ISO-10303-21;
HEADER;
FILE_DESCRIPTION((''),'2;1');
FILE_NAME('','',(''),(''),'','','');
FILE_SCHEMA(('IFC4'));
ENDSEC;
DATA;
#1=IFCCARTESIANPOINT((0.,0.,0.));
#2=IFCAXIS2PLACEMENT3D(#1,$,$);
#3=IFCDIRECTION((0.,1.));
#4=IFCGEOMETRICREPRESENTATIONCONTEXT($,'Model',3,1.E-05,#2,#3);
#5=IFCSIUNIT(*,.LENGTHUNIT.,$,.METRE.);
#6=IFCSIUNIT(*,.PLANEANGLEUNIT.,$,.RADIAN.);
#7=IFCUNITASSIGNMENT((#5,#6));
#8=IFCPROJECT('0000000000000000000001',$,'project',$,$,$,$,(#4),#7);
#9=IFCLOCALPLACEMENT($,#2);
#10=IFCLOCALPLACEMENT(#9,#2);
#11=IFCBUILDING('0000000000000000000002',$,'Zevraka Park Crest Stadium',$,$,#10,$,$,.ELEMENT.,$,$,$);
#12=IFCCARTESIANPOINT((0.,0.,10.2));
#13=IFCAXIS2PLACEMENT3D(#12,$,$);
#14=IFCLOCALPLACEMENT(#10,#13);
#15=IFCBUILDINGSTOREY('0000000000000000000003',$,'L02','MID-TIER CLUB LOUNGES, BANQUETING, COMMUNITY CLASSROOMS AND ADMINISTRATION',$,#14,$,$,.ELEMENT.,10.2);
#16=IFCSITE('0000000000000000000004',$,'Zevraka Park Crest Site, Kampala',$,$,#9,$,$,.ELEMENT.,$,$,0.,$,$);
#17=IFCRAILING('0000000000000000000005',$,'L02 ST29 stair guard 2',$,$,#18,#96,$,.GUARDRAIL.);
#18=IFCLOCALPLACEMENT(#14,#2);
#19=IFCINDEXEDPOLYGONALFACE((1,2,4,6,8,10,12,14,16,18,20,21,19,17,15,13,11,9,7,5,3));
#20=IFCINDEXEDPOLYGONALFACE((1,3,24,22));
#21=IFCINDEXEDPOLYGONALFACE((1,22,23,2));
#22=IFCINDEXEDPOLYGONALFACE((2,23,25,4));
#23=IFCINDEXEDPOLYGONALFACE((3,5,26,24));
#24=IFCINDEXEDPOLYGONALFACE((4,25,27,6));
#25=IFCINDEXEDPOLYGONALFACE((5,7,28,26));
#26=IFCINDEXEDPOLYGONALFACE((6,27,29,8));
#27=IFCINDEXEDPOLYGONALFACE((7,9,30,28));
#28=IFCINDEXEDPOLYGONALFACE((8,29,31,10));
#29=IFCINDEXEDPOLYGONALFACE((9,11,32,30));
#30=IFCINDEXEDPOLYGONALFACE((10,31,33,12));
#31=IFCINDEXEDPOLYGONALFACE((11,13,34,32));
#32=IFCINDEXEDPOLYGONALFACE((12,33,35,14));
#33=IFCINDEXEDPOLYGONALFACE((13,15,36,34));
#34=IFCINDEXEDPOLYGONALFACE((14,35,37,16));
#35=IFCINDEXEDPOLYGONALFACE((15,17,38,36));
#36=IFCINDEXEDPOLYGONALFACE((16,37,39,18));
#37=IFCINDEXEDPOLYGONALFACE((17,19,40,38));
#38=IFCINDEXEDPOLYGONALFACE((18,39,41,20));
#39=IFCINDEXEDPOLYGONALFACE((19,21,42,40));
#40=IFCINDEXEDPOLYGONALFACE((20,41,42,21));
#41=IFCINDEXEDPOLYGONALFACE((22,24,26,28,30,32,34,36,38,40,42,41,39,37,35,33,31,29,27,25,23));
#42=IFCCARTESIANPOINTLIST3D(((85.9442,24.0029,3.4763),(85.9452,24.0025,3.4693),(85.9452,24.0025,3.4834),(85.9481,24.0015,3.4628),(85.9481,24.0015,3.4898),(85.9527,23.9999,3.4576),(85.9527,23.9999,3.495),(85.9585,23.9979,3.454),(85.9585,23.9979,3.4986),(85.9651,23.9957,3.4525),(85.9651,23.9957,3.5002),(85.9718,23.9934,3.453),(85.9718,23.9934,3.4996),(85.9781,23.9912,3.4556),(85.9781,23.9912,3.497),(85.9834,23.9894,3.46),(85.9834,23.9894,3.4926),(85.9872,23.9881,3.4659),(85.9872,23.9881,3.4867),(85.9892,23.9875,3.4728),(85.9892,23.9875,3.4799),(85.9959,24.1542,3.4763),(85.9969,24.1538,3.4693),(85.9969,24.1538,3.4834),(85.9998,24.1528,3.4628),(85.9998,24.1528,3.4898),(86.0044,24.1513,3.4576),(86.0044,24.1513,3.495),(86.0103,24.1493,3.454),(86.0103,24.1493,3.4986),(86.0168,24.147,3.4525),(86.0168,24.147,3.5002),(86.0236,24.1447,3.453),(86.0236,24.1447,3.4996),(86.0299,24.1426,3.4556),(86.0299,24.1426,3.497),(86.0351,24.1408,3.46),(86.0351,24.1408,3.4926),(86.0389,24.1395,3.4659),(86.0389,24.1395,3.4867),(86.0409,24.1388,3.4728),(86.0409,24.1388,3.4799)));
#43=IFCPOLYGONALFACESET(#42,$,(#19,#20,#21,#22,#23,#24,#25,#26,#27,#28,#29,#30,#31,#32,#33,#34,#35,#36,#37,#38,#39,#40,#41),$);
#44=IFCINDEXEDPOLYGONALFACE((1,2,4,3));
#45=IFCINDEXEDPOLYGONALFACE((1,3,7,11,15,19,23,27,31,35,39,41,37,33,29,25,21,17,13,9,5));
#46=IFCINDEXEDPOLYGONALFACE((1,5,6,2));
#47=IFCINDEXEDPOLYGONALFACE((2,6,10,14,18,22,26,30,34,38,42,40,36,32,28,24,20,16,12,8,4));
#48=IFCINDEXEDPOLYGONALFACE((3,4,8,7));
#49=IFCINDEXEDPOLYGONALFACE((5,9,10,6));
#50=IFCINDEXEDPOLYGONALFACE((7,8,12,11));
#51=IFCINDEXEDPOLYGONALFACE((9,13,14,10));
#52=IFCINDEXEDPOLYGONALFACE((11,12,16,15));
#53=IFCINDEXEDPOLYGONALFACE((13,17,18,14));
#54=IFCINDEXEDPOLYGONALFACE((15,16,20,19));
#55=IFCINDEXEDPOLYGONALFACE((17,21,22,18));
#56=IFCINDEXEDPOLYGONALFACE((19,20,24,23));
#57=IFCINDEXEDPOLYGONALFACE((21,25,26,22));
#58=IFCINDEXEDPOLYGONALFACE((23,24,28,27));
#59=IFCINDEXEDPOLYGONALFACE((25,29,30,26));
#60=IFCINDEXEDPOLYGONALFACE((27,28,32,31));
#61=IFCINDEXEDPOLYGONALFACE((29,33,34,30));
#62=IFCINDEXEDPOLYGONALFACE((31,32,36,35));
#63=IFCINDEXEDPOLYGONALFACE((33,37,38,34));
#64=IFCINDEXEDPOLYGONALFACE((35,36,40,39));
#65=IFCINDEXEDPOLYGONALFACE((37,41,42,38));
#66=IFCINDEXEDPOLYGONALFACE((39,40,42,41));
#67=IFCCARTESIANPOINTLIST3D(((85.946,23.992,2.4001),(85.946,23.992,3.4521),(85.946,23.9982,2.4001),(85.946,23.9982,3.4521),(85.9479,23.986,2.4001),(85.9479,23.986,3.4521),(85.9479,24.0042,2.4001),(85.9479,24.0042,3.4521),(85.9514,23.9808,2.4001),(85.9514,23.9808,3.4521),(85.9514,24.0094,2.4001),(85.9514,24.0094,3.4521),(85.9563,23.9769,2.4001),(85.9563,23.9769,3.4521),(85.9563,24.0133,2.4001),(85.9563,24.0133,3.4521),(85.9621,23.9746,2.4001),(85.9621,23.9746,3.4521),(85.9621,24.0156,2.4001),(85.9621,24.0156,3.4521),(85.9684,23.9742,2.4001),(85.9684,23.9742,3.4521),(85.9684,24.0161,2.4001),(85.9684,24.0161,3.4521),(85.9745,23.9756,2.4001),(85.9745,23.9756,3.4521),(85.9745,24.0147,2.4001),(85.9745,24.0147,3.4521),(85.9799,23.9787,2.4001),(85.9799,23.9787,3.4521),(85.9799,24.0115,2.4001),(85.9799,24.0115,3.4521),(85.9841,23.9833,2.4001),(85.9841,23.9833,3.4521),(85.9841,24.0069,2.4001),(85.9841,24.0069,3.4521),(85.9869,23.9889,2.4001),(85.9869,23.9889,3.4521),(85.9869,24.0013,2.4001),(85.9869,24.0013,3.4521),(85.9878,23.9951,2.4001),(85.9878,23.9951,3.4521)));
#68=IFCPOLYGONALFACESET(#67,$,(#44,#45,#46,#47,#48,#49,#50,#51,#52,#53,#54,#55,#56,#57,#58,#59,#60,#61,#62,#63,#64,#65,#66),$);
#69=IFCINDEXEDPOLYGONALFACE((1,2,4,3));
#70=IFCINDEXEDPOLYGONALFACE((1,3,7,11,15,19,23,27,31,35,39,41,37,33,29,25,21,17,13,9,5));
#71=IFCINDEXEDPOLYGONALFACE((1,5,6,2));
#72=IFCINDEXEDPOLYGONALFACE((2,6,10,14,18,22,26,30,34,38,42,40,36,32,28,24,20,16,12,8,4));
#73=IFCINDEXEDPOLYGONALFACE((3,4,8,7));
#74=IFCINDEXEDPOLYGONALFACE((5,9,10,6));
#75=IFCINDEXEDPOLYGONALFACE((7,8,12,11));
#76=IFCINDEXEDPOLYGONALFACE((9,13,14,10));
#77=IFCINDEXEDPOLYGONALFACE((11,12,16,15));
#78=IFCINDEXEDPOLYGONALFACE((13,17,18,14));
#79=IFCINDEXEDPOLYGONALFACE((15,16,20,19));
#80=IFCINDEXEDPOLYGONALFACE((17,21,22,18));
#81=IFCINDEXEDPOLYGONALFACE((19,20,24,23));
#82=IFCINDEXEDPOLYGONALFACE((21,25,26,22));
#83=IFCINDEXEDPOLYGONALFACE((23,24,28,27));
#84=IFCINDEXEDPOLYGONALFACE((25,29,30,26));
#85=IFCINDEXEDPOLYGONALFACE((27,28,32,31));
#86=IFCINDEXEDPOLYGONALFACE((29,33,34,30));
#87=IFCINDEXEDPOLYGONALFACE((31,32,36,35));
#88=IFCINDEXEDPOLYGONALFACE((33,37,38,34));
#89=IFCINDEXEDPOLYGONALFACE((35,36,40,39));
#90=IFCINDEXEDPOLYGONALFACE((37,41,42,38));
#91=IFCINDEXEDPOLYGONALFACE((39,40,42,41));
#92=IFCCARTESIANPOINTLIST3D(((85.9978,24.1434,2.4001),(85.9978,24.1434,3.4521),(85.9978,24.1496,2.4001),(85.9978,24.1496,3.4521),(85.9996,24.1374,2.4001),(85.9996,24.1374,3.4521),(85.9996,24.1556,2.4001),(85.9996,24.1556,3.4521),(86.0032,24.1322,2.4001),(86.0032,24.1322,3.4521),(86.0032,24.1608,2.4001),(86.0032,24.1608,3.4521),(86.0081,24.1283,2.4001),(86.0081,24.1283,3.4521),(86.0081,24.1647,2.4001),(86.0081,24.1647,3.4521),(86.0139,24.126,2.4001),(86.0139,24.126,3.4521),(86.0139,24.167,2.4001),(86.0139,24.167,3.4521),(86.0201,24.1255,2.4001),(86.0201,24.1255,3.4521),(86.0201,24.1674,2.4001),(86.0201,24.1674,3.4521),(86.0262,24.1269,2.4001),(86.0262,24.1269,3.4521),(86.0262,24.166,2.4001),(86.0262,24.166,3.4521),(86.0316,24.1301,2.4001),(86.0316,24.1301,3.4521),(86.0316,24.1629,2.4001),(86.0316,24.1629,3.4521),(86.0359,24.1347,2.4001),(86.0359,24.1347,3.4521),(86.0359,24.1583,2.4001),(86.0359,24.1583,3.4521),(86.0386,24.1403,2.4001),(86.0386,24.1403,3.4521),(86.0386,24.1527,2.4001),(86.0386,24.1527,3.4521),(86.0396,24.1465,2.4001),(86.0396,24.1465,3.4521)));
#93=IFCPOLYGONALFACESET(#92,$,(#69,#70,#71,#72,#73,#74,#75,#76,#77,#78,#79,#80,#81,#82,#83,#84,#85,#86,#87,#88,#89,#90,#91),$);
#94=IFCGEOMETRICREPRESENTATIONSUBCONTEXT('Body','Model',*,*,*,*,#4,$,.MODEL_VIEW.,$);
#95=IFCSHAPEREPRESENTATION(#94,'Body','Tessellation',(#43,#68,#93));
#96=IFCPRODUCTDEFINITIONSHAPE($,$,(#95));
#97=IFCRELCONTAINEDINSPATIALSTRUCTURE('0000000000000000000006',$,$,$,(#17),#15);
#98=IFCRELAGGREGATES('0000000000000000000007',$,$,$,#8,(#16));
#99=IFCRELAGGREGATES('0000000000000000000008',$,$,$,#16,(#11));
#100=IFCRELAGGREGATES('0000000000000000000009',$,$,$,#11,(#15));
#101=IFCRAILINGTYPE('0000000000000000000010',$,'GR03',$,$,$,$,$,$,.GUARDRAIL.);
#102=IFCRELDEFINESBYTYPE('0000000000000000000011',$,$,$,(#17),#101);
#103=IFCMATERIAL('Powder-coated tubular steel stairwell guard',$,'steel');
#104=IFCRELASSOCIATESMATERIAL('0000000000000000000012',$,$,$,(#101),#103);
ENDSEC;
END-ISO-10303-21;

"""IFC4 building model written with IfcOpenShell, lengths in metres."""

from ifc_helpers import new_model, si_unit, direction, frame, origin, origin_2d, place, context, subcontext, project, spatial, circle, extrude, material, type_object, element, save


model = new_model("IFC4")

# Units and contexts
model_context = context("Model", 3, precision=1e-05, world=origin(), true_north=direction((0.0, 1.0)))
body_context = subcontext(model_context, "Body", "Model", "MODEL_VIEW")
ifc_project = project(units=[si_unit("LENGTHUNIT", "METRE"), si_unit("PLANEANGLEUNIT", "RADIAN")], contexts=[model_context])

# Site, building, storey
site_placement = place(None, origin())
site = spatial("IfcSite", under=ifc_project, at=site_placement, Name="Zevraka Park Crest Site, Kampala", CompositionType="ELEMENT", RefElevation=0.0)
building_placement = place(site_placement, origin())
building = spatial("IfcBuilding", under=site, at=building_placement, Name="Zevraka Park Crest Stadium", CompositionType="ELEMENT")
storey_placement = place(building_placement, frame((0.0, 0.0, 10.2)))
storey = spatial("IfcBuildingStorey", under=building, at=storey_placement, Name="L02", Description="MID-TIER CLUB LOUNGES, BANQUETING, COMMUNITY CLASSROOMS AND ADMINISTRATION", CompositionType="ELEMENT", Elevation=10.2)

# Railing
ifc_material_1 = material(Name="Powder-coated tubular steel stairwell guard", Category="steel")
railing_type_1 = type_object("IfcRailingType", Name="GR03", PredefinedType="GUARDRAIL", material=ifc_material_1)
railing_1_placement = place(storey_placement, frame((85.9668, 23.9951, 2.4001)))
element("IfcRailing", 1, at=railing_1_placement, inside=storey, type_object=railing_type_1, Name="L02 ST29 stair guard 2", PredefinedType="GUARDRAIL", context=body_context, shape_type="SweptSolid", body=[
    extrude(circle(Radius=0.0239, at=origin_2d()), frame((0.0, 0.0, 1.0762), z_axis=(0.323544, 0.946213, 0.0), x_axis=(-0.946213, 0.323544, 0.0)), (0.0, 0.0, 1.0), 0.1599),
    extrude(circle(Radius=0.021, at=origin_2d()), origin(), (0.0, 0.0, 1.0), 1.052),
    extrude(circle(Radius=0.021, at=origin_2d()), frame((0.0518, 0.1514, 0.0)), (0.0, 0.0, 1.0), 1.052),
])

save(model, "model.ifc")
